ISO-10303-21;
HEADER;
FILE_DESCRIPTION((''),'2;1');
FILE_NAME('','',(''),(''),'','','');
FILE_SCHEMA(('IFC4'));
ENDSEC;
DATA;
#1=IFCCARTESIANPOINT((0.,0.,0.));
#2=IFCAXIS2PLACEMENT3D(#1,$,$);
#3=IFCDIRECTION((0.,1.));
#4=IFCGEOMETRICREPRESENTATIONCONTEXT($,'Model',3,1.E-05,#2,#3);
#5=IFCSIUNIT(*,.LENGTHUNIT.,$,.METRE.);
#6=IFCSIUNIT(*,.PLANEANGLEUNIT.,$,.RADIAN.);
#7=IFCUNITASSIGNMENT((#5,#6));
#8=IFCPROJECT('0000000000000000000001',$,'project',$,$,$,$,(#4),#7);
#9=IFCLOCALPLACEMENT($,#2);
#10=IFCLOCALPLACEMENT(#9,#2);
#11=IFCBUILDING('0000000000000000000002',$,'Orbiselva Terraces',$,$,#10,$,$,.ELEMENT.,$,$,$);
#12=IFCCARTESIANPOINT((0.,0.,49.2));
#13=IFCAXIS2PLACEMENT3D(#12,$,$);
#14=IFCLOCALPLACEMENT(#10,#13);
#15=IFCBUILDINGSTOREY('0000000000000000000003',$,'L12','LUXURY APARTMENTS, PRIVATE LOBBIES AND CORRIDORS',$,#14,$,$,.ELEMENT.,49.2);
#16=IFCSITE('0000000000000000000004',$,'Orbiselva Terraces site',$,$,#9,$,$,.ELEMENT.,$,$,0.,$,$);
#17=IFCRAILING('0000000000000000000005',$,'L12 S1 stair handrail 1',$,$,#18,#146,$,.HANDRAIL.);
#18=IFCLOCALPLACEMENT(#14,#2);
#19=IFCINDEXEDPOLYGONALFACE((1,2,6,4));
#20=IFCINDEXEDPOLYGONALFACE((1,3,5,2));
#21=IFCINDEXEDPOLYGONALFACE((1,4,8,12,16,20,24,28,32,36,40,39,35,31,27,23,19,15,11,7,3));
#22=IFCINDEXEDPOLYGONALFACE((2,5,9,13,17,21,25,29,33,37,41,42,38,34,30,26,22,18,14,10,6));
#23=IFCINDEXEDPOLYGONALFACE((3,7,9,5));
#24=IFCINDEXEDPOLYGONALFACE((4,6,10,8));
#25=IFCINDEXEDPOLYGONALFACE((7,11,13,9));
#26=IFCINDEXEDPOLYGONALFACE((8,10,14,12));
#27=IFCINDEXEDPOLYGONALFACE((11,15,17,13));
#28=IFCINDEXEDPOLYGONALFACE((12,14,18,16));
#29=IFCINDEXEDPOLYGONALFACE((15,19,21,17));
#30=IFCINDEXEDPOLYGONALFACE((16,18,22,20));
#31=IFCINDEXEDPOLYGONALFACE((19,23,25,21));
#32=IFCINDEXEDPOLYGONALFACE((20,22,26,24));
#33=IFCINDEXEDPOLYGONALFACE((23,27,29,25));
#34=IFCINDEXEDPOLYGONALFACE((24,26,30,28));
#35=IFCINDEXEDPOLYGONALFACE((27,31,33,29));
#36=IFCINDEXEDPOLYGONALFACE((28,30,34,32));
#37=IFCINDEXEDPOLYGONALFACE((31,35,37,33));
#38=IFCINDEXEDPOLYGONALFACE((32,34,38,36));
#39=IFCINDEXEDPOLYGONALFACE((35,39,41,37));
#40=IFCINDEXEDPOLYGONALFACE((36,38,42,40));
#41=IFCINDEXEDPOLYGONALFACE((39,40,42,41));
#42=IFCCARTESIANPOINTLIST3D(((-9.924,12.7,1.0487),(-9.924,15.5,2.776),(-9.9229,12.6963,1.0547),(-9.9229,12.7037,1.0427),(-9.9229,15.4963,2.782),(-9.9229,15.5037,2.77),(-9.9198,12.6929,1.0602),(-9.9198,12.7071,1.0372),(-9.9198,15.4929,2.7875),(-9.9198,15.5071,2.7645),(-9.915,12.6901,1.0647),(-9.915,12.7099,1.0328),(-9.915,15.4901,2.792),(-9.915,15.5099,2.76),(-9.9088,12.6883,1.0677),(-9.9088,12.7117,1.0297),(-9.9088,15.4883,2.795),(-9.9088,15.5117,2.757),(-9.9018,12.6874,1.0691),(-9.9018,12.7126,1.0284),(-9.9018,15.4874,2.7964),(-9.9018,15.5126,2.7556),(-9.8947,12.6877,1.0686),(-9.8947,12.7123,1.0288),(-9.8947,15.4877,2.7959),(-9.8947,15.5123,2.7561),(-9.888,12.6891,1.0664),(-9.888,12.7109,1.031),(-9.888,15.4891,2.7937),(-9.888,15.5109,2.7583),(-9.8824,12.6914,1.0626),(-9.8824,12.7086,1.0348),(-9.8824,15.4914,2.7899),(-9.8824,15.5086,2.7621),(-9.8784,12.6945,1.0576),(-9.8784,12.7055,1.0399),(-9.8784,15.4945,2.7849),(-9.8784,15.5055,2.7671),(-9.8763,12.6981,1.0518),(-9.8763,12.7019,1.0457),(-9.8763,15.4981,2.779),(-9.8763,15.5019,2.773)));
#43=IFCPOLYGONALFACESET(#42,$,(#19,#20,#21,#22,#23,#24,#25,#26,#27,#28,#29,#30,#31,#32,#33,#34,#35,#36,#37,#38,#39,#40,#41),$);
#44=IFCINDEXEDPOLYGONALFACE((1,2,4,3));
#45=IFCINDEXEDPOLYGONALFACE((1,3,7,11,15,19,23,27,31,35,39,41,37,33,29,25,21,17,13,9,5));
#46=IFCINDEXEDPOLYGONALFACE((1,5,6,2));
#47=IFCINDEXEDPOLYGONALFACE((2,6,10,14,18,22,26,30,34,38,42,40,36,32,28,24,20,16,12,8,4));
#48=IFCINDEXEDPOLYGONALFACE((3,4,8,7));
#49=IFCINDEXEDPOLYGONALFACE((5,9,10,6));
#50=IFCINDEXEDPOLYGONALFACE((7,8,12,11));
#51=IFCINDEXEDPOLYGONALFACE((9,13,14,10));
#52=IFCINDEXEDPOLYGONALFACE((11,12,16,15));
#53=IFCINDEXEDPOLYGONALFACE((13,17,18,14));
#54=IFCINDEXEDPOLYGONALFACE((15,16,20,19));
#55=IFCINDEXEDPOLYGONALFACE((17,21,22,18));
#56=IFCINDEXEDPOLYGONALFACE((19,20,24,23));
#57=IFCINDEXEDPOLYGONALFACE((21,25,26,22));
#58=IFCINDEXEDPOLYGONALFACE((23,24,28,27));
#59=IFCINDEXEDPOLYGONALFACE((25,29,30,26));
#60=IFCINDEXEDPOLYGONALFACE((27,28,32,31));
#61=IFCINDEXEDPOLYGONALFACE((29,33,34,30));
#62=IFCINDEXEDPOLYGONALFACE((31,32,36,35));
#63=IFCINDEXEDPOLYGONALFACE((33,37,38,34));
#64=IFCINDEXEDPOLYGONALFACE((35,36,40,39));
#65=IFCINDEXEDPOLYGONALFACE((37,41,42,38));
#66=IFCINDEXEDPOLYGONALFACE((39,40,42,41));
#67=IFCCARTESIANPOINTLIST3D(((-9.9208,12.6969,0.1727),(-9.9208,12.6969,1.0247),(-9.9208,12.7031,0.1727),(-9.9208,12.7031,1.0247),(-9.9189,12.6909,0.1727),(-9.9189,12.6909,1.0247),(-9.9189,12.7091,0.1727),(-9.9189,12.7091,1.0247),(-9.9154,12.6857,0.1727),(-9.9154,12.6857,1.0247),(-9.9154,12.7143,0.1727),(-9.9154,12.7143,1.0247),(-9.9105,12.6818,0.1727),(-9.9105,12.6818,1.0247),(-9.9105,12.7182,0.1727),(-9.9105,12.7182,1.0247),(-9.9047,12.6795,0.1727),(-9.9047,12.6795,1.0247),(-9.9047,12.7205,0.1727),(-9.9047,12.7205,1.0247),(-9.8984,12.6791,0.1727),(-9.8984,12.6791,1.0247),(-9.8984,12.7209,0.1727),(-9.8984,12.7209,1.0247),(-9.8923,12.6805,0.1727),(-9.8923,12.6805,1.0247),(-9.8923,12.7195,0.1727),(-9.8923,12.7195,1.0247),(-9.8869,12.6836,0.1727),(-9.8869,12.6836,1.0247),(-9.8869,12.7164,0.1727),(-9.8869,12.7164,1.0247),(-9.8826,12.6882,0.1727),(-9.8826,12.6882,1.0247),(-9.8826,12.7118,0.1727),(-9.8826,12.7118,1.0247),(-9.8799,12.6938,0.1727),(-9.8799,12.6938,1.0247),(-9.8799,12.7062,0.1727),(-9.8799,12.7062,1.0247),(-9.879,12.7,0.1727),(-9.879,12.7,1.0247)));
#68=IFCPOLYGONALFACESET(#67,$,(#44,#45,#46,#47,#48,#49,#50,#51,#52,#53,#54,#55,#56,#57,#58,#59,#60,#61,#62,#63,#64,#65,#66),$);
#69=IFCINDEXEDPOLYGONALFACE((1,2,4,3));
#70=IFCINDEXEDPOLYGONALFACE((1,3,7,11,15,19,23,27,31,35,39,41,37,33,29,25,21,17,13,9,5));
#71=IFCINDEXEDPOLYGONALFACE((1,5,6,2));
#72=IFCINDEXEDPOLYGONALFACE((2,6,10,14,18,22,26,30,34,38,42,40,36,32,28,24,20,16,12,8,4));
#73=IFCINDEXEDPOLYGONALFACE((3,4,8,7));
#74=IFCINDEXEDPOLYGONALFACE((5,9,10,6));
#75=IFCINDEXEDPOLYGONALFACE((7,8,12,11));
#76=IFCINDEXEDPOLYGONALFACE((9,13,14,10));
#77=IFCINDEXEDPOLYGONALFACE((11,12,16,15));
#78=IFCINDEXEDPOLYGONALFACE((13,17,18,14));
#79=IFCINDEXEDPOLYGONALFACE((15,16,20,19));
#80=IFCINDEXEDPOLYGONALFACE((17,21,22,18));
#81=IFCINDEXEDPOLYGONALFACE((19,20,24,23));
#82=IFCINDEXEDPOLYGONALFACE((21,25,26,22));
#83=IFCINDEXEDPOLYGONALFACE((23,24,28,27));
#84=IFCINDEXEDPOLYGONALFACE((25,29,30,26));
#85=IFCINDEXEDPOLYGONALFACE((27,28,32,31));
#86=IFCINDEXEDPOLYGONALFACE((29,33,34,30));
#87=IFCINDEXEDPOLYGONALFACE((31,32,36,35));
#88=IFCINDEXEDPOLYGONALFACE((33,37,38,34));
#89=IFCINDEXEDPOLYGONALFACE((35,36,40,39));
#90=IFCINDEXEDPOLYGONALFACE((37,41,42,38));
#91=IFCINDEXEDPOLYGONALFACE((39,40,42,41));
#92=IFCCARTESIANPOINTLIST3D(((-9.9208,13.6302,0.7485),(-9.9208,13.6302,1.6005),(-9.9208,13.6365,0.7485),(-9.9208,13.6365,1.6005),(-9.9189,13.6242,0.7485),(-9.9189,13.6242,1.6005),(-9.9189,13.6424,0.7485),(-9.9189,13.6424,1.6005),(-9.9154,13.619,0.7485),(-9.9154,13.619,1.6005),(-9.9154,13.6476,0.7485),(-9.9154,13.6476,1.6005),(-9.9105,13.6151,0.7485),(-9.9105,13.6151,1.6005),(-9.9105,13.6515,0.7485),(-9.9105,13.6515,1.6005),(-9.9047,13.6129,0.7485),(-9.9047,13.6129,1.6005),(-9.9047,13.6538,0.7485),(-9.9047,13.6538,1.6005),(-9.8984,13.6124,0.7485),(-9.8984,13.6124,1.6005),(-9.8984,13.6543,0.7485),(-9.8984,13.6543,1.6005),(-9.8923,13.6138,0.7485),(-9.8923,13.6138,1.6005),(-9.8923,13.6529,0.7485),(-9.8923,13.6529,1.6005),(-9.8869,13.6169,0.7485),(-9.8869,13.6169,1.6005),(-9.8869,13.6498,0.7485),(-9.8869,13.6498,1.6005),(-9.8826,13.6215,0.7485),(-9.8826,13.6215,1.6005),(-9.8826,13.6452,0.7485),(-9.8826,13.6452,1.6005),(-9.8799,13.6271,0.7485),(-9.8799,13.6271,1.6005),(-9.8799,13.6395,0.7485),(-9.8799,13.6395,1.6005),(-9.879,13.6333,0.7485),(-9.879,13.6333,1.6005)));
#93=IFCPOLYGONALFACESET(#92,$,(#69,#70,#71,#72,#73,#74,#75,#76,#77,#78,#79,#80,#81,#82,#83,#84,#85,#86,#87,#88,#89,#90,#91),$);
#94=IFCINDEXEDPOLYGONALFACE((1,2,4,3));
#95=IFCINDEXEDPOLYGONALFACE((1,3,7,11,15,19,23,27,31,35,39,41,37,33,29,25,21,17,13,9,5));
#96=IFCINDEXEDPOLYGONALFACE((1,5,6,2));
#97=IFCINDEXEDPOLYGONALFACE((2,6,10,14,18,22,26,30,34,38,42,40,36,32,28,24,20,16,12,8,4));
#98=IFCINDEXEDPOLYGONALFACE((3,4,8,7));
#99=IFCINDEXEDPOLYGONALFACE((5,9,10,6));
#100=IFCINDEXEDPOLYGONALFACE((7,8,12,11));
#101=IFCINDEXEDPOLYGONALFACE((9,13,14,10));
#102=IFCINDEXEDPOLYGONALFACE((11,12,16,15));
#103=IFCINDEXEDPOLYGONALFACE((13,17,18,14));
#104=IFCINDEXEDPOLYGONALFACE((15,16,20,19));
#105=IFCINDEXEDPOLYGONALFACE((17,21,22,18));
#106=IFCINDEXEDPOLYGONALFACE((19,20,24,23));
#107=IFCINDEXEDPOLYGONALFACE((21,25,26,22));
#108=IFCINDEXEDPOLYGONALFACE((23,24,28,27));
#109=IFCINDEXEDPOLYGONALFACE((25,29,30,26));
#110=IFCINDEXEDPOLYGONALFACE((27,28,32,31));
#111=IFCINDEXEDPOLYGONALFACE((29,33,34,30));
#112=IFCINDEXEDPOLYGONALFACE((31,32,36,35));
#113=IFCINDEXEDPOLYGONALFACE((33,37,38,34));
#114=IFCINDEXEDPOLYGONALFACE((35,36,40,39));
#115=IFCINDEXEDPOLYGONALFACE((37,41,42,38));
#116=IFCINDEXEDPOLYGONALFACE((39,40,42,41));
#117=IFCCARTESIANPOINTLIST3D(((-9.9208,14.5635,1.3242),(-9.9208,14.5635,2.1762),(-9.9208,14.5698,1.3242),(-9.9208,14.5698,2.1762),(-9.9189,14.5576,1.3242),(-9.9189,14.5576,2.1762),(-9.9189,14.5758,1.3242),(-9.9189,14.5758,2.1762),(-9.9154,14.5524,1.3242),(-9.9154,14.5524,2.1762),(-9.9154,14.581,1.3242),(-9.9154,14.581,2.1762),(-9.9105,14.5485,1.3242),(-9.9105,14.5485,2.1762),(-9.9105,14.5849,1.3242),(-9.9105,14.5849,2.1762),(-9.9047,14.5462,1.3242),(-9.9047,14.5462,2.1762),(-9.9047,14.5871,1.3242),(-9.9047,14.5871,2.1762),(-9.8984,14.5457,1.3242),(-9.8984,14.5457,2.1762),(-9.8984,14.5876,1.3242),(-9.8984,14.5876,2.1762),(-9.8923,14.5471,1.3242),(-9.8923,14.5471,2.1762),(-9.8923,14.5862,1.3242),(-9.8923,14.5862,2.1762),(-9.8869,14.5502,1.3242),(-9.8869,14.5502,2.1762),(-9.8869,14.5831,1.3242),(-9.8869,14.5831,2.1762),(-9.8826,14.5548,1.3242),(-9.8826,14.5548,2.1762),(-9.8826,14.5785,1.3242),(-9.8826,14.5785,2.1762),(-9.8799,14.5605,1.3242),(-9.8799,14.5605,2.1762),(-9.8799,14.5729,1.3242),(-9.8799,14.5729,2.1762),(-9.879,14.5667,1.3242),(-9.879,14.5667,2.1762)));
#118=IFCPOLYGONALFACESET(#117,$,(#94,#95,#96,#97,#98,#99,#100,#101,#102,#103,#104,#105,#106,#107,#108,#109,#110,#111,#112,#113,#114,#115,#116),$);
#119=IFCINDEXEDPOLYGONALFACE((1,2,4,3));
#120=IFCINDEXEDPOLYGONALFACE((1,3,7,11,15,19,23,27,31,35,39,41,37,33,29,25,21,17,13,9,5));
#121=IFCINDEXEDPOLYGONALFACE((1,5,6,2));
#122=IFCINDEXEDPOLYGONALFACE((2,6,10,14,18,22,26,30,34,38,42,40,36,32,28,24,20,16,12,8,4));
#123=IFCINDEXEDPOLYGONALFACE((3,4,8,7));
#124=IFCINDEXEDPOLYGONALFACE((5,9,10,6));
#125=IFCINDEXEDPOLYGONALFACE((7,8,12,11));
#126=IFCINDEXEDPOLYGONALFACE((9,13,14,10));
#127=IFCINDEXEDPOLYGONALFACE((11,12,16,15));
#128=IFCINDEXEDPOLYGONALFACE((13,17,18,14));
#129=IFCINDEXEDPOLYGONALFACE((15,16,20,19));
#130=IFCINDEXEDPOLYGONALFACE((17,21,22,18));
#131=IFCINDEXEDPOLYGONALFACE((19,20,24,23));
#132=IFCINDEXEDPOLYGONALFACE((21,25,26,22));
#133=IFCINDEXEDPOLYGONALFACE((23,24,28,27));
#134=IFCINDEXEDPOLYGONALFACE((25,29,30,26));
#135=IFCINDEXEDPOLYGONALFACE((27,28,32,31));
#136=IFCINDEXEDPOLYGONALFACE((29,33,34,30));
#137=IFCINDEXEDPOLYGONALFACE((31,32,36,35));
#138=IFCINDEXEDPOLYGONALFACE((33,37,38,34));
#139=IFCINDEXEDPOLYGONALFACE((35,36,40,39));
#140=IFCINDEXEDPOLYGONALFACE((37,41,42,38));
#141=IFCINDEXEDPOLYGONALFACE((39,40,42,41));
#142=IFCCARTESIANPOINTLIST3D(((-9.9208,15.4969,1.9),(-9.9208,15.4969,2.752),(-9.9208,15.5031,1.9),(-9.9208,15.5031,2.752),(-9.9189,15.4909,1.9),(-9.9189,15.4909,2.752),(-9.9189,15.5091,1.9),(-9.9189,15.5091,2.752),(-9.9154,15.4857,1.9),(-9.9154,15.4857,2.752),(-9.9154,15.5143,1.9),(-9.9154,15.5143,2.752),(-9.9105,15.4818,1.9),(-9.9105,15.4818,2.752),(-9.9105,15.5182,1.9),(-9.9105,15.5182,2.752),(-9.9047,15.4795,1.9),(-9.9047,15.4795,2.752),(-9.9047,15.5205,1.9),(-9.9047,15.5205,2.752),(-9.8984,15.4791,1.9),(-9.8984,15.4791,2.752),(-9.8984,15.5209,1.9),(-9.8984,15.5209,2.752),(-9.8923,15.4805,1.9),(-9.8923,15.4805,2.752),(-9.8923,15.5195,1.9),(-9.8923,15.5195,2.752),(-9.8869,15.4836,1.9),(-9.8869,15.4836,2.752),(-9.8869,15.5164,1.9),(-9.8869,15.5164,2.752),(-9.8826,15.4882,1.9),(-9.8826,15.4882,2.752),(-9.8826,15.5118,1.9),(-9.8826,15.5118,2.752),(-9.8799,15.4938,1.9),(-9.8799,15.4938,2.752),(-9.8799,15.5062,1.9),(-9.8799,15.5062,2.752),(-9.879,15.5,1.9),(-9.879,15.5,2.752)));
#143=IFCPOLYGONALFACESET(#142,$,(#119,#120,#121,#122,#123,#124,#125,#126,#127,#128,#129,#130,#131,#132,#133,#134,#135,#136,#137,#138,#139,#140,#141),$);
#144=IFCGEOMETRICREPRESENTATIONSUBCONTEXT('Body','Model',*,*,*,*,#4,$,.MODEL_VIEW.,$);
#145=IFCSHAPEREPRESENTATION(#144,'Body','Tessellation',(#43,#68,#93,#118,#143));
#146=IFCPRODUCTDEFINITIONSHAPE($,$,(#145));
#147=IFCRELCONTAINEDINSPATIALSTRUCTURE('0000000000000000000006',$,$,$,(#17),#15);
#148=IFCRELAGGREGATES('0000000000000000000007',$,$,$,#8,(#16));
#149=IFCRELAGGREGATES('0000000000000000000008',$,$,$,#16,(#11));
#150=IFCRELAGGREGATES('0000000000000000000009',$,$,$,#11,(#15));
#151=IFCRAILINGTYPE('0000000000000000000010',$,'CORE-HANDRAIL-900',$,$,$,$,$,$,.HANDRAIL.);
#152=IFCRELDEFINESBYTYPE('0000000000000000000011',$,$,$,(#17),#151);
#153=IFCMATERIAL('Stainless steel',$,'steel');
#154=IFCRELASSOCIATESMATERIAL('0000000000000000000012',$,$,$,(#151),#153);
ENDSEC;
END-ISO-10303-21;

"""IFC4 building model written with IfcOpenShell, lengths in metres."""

from ifc_helpers import new_model, si_unit, direction, frame, origin, origin_2d, place, context, subcontext, project, spatial, circle, extrude, material, type_object, element, save


model = new_model("IFC4")

# Units and contexts
model_context = context("Model", 3, precision=1e-05, world=origin(), true_north=direction((0.0, 1.0)))
body_context = subcontext(model_context, "Body", "Model", "MODEL_VIEW")
ifc_project = project(units=[si_unit("LENGTHUNIT", "METRE"), si_unit("PLANEANGLEUNIT", "RADIAN")], contexts=[model_context])

# Site, building, storey
site_placement = place(None, origin())
site = spatial("IfcSite", under=ifc_project, at=site_placement, Name="Orbiselva Terraces site", CompositionType="ELEMENT", RefElevation=0.0)
building_placement = place(site_placement, origin())
building = spatial("IfcBuilding", under=site, at=building_placement, Name="Orbiselva Terraces", CompositionType="ELEMENT")
storey_placement = place(building_placement, frame((0.0, 0.0, 49.2)))
storey = spatial("IfcBuildingStorey", under=building, at=storey_placement, Name="L12", Description="LUXURY APARTMENTS, PRIVATE LOBBIES AND CORRIDORS", CompositionType="ELEMENT", Elevation=49.2)

# Railing
ifc_material_1 = material(Name="Stainless steel", Category="steel")
railing_type_1 = type_object("IfcRailingType", Name="CORE-HANDRAIL-900", PredefinedType="HANDRAIL", material=ifc_material_1)
railing_1_placement = place(storey_placement, frame((-9.9, 12.7, 0.1727)))
element("IfcRailing", 1, at=railing_1_placement, inside=storey, type_object=railing_type_1, Name="L12 S1 stair handrail 1", PredefinedType="HANDRAIL", context=body_context, shape_type="SweptSolid", body=[
    extrude(circle(Radius=0.024, at=origin_2d()), frame((0.0, 0.0, 0.876), z_axis=(0.0, 0.851089, 0.525022), x_axis=(-1.0, 0.0, 0.0)), (0.0, 0.0, 1.0), 3.2899),
    extrude(circle(Radius=0.021, at=origin_2d()), origin(), (0.0, 0.0, 1.0), 0.852),
    extrude(circle(Radius=0.021, at=origin_2d()), frame((0.0, 0.9333, 0.5758)), (0.0, 0.0, 1.0), 0.852),
    extrude(circle(Radius=0.021, at=origin_2d()), frame((0.0, 1.8667, 1.1515)), (0.0, 0.0, 1.0), 0.852),
    extrude(circle(Radius=0.021, at=origin_2d()), frame((0.0, 2.8, 1.7273)), (0.0, 0.0, 1.0), 0.852),
])

save(model, "model.ifc")
